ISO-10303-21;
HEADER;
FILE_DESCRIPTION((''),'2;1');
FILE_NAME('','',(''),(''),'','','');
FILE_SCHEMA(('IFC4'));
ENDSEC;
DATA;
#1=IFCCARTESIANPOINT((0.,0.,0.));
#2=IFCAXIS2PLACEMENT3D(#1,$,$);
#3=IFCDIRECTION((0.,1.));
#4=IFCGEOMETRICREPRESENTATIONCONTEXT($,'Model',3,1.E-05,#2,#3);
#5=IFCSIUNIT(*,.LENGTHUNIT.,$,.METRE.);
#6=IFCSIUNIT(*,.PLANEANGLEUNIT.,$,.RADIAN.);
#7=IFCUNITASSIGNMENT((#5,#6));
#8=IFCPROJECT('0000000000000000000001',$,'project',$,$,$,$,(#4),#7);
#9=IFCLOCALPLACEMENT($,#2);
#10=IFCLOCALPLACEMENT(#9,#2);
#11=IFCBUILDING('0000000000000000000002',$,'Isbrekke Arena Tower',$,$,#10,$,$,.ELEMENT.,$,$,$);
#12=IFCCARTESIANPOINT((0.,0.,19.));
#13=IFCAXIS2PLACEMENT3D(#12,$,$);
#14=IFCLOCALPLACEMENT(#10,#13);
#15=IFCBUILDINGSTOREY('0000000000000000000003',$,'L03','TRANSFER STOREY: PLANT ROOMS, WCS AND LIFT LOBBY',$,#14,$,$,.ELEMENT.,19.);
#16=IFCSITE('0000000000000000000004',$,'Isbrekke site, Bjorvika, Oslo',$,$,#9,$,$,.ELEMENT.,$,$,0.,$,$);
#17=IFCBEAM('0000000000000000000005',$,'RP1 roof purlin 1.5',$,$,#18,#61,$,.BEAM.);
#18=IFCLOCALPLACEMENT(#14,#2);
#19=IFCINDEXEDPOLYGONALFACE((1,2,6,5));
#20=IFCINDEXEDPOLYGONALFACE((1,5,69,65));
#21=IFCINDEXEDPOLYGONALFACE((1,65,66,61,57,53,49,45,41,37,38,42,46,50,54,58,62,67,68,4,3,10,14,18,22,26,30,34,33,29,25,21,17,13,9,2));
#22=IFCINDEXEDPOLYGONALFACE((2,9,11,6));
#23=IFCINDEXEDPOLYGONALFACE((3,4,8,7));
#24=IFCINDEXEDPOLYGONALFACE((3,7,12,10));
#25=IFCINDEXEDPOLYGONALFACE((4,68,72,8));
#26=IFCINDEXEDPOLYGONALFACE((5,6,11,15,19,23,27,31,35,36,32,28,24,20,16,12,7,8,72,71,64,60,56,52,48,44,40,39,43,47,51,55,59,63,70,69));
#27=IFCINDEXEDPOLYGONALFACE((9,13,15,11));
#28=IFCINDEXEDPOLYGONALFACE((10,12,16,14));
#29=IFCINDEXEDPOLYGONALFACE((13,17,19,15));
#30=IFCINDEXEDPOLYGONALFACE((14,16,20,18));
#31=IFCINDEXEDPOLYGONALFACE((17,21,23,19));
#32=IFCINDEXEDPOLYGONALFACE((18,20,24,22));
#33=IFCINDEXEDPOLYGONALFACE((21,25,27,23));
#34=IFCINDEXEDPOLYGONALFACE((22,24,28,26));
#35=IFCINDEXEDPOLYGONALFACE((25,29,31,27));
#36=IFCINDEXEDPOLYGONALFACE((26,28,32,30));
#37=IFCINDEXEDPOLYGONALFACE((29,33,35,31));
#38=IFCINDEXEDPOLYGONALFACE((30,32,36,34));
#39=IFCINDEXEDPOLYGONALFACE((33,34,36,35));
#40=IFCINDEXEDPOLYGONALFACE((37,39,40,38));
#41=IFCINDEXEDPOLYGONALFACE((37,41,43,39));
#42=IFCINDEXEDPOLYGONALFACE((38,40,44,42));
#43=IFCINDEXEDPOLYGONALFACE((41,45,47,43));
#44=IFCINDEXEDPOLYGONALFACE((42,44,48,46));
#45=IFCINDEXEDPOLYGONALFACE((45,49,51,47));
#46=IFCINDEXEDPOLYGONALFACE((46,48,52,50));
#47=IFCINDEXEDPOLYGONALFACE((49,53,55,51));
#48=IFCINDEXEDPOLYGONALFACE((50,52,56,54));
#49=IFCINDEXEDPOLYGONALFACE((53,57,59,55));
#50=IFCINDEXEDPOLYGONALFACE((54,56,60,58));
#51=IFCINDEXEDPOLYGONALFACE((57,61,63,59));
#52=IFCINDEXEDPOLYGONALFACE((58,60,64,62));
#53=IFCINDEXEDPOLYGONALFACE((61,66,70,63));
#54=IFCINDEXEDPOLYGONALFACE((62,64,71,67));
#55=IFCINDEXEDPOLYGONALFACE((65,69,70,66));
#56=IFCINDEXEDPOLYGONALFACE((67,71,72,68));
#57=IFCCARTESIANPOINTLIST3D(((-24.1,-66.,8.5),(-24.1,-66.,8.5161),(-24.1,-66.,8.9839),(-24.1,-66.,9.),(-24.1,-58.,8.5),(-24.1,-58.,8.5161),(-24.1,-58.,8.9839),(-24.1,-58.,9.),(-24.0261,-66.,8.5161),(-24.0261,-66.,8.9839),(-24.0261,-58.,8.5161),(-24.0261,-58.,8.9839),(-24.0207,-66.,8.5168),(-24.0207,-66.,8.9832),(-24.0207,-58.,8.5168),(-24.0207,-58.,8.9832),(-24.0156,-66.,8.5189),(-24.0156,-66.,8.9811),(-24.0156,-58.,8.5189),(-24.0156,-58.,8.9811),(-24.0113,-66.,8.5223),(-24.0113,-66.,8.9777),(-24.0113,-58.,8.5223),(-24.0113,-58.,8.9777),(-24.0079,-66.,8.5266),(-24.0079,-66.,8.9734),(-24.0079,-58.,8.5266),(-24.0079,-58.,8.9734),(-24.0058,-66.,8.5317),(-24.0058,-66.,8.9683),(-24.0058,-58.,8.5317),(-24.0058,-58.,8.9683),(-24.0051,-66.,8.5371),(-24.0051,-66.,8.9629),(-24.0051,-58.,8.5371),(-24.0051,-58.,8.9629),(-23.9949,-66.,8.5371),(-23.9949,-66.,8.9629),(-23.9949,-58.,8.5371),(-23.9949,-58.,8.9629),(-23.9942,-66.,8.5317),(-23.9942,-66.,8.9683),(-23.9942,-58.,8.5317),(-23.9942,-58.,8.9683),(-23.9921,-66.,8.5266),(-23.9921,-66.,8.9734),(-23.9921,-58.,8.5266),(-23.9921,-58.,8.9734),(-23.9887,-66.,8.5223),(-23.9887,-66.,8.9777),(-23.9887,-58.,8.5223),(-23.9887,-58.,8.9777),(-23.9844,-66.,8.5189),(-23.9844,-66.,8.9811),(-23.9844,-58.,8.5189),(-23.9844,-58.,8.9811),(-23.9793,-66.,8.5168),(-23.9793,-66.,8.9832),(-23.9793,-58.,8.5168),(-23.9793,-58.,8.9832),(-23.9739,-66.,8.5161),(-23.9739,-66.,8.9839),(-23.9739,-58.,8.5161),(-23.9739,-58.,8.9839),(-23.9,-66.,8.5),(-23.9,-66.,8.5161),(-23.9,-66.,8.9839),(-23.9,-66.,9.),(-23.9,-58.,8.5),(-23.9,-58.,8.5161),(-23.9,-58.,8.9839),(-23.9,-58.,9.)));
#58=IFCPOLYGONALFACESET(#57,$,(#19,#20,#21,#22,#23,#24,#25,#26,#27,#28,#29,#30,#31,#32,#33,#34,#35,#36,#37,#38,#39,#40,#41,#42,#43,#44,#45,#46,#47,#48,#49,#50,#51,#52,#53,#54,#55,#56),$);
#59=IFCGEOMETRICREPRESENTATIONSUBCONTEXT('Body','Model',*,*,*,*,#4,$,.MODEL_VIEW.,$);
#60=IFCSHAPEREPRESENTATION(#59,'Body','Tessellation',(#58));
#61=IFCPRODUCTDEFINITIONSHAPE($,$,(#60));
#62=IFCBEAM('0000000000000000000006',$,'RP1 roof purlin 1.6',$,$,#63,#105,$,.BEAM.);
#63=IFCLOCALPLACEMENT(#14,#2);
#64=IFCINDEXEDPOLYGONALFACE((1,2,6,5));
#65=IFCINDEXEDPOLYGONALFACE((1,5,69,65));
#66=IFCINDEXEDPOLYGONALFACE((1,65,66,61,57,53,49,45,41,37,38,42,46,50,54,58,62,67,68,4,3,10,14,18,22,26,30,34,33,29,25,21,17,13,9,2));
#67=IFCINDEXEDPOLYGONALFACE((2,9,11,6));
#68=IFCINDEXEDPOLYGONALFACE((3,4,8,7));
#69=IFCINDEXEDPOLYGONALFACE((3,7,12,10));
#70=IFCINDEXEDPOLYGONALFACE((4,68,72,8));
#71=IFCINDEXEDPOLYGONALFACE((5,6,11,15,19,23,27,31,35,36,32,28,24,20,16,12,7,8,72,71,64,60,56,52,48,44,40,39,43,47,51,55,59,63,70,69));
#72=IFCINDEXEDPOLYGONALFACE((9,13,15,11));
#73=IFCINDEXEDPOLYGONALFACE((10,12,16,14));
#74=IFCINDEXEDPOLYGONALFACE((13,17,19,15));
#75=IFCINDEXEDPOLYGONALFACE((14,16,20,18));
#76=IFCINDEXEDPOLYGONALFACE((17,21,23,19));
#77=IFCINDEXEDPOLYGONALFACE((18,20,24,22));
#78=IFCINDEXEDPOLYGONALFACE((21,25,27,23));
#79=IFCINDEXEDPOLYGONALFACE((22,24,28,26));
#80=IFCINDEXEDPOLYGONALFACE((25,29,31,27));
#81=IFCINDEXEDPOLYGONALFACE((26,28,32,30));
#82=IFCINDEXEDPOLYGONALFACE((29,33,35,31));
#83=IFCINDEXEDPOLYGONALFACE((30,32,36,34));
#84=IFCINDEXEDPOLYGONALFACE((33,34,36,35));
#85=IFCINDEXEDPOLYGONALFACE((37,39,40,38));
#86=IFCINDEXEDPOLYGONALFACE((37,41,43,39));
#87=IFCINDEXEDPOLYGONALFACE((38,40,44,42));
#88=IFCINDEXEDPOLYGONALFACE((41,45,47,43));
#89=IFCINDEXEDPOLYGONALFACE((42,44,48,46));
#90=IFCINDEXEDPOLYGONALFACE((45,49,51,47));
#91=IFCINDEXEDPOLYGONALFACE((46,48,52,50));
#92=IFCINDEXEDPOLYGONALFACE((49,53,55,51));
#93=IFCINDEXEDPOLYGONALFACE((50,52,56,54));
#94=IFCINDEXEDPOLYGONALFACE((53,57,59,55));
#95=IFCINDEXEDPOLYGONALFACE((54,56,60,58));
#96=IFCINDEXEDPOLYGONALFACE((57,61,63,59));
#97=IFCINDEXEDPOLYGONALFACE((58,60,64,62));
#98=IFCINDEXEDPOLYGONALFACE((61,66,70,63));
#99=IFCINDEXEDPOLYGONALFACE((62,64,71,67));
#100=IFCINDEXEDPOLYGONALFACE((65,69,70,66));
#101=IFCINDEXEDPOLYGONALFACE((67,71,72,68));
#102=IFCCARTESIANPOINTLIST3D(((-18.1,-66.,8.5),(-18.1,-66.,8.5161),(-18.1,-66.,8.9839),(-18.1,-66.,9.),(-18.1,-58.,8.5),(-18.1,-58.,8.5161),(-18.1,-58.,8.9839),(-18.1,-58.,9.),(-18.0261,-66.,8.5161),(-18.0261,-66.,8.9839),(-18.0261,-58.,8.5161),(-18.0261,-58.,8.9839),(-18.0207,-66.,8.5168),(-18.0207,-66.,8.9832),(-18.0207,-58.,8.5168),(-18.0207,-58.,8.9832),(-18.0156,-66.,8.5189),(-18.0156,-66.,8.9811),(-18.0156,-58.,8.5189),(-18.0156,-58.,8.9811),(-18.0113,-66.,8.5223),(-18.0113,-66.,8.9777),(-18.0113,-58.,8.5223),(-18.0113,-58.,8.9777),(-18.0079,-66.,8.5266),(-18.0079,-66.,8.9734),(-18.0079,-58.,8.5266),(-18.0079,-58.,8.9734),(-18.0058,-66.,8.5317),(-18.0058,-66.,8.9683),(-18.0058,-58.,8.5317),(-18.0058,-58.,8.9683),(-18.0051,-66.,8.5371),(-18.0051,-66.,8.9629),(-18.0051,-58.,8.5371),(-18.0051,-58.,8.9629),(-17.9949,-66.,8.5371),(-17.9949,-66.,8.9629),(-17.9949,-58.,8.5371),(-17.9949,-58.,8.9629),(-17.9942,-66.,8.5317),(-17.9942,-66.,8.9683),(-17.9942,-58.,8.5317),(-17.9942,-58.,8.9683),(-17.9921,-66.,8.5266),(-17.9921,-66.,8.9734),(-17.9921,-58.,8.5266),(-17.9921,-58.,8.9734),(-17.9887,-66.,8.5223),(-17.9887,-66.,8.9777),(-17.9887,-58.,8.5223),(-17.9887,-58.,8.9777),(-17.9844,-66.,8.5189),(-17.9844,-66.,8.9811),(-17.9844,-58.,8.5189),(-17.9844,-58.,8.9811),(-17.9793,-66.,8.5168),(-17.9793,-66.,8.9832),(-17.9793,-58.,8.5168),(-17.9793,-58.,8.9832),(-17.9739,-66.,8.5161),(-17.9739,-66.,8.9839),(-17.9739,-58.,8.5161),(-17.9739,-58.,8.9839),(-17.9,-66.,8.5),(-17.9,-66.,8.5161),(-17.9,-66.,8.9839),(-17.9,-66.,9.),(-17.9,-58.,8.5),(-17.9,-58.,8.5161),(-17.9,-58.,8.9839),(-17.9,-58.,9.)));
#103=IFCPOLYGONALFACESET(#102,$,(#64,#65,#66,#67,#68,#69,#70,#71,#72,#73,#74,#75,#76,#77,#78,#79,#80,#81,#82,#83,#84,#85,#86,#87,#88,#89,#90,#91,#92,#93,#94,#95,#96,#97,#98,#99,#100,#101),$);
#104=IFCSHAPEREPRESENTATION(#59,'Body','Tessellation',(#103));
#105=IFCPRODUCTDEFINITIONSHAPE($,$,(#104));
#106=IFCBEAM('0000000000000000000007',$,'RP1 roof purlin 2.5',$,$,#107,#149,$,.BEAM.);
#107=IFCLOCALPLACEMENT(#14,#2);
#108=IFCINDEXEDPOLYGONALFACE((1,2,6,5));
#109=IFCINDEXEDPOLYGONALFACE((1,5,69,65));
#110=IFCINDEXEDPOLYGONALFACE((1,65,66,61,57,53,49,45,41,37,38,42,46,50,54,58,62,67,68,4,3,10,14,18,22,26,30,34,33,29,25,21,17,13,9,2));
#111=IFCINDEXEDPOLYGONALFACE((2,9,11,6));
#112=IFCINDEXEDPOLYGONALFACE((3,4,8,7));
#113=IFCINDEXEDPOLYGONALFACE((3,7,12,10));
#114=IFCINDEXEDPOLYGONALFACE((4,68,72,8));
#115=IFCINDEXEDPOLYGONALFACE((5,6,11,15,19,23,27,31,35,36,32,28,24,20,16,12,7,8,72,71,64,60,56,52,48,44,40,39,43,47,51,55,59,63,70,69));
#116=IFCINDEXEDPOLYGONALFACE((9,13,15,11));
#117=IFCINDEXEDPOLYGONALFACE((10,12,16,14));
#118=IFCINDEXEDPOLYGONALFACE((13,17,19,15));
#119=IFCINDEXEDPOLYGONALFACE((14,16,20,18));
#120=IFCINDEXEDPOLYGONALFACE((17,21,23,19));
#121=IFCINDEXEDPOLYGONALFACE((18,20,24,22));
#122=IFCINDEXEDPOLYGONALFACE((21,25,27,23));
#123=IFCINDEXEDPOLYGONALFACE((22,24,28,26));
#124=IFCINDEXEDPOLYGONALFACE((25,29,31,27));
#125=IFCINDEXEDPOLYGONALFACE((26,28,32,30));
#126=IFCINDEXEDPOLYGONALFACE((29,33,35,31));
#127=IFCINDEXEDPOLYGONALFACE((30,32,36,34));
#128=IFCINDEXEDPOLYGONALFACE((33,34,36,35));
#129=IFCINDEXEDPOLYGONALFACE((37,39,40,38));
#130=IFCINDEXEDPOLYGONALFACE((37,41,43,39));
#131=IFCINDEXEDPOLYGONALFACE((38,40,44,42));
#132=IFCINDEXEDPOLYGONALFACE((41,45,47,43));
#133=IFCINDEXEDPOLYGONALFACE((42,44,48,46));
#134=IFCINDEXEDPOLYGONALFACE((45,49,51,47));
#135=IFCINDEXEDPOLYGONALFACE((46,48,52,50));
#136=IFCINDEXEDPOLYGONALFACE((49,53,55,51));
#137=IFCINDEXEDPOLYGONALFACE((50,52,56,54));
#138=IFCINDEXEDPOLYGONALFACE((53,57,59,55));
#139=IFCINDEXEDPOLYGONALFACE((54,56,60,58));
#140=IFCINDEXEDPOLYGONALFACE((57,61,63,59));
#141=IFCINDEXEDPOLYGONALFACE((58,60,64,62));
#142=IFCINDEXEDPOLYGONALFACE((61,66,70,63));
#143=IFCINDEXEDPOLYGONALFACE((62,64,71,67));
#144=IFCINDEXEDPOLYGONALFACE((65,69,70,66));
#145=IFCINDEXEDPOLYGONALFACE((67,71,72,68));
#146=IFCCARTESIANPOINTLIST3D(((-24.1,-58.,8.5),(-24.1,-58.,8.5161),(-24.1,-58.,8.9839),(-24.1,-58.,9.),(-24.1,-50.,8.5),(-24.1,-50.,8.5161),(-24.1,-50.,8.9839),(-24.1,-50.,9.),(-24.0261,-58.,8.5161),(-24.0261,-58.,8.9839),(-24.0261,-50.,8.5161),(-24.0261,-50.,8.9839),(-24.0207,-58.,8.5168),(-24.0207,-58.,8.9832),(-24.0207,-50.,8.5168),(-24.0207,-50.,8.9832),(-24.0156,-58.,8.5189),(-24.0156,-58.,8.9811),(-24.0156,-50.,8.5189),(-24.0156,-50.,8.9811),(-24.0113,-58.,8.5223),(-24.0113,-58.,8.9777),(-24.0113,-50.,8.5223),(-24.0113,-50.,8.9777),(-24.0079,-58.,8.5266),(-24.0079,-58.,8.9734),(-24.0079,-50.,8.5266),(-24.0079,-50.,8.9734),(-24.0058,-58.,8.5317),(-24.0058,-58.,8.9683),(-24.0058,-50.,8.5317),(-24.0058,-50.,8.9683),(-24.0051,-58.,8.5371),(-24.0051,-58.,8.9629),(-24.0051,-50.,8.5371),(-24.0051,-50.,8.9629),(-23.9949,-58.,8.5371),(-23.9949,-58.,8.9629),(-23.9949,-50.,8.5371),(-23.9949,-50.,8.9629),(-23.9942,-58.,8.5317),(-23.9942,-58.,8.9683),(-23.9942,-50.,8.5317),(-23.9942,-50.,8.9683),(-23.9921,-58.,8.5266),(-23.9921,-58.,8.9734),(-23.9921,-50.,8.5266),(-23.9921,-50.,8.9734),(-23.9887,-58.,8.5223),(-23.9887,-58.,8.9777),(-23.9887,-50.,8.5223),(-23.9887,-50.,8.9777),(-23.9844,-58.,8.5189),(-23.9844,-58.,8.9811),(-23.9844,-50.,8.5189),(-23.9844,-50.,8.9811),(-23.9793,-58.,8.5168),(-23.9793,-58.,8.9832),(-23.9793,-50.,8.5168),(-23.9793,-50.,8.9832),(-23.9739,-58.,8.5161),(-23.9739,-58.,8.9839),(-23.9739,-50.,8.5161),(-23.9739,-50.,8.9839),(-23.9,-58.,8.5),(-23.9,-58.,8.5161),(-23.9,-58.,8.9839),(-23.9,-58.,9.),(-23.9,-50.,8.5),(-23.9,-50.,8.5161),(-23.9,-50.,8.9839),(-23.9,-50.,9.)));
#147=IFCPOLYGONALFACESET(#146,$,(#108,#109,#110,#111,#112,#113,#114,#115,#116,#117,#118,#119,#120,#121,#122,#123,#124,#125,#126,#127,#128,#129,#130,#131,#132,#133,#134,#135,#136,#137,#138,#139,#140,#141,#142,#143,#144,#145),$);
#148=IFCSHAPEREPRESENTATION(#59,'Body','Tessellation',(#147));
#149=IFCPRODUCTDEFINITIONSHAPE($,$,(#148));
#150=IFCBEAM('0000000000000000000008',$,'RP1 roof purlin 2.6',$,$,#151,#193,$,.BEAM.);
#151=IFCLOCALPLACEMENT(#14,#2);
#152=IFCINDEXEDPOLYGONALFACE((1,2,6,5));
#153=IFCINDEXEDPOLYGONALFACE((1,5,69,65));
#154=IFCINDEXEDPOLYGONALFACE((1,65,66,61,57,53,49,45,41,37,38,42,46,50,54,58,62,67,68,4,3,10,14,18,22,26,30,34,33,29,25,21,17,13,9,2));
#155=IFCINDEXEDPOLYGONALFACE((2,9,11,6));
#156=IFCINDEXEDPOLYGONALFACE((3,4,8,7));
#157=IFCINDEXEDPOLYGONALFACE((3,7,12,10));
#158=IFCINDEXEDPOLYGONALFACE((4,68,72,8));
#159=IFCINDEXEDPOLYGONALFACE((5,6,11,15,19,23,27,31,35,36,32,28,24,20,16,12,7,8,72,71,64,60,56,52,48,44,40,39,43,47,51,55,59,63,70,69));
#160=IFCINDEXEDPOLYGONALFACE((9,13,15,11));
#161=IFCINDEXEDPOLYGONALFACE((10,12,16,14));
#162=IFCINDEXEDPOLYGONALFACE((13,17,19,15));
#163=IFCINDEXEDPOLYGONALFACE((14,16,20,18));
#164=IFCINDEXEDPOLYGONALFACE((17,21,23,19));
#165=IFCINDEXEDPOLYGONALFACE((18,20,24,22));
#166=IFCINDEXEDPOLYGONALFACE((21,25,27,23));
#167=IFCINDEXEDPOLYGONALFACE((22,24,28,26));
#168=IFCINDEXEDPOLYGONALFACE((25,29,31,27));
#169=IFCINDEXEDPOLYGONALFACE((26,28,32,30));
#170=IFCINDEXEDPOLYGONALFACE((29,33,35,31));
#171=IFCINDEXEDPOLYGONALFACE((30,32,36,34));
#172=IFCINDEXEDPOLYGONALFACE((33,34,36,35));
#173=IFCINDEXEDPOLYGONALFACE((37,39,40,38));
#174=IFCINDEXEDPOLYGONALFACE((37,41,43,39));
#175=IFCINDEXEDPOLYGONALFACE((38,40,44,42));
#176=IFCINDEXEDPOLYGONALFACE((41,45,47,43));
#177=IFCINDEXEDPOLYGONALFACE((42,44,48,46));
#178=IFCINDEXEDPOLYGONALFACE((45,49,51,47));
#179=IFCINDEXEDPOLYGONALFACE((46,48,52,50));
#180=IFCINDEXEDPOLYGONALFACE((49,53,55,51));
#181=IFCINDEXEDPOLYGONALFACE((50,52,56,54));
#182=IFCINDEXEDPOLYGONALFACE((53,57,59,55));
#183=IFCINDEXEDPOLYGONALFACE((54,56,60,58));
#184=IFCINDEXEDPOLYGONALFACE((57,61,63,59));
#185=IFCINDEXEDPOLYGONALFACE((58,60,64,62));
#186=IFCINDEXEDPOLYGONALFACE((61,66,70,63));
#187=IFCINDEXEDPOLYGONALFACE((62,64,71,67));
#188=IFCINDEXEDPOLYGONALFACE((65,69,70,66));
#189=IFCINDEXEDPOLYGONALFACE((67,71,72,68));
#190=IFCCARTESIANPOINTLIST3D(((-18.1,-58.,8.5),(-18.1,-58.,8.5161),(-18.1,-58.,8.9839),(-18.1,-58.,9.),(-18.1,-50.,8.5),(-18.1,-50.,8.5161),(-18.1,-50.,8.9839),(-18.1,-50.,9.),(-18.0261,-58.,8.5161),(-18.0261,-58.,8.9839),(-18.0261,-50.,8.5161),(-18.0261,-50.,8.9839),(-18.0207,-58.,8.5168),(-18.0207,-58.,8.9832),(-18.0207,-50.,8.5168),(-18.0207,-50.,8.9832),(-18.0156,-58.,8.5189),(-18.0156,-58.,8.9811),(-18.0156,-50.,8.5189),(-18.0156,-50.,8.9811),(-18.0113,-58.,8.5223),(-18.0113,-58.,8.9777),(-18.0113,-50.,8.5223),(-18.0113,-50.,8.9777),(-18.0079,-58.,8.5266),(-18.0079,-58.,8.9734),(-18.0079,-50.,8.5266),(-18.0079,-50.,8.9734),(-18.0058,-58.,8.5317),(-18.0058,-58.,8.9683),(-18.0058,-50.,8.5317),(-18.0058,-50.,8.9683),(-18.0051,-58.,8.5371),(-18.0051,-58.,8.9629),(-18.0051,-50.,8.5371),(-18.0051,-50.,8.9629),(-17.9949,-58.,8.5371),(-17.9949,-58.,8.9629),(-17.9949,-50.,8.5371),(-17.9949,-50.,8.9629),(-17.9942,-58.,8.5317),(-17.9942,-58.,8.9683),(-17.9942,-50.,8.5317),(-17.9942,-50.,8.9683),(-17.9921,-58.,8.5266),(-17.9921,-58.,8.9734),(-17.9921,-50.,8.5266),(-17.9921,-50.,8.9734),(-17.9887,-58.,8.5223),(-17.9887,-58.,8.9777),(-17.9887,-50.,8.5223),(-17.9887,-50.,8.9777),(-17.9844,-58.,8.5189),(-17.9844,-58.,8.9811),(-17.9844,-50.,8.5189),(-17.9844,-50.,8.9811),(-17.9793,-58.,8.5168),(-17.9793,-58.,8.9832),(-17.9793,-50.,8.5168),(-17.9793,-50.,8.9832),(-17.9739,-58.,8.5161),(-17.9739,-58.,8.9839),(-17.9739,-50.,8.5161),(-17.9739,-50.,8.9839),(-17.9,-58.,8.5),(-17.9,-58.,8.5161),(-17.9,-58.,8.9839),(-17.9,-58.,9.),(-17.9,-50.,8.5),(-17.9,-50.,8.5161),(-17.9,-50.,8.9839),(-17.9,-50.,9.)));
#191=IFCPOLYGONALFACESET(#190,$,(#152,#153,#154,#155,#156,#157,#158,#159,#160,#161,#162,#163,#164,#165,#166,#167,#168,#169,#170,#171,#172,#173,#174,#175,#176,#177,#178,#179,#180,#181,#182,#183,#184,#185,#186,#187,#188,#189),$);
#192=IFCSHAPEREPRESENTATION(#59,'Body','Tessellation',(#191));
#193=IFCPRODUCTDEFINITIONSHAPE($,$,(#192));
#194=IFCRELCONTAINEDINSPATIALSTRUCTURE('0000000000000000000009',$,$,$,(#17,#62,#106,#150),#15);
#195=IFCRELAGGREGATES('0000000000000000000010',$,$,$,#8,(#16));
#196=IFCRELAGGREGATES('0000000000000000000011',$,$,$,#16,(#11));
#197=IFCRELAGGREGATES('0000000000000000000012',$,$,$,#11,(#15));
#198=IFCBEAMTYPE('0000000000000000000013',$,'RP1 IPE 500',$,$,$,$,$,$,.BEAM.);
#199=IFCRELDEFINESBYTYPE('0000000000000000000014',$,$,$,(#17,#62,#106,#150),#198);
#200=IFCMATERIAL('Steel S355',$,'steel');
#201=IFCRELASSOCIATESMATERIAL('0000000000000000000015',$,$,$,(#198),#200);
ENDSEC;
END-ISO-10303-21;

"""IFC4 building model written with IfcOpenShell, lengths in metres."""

from ifc_helpers import new_model, si_unit, direction, frame, origin, origin_2d, place, context, subcontext, project, spatial, i_section, extrude, material, material_profile, profile_set, type_object, element, save


model = new_model("IFC4")

# Units and contexts
model_context = context("Model", 3, precision=1e-05, world=origin(), true_north=direction((0.0, 1.0)))
body_context = subcontext(model_context, "Body", "Model", "MODEL_VIEW")
ifc_project = project(units=[si_unit("LENGTHUNIT", "METRE"), si_unit("PLANEANGLEUNIT", "RADIAN")], contexts=[model_context])

# Site, building, storey
site_placement = place(None, origin())
site = spatial("IfcSite", under=ifc_project, at=site_placement, Name="Isbrekke site, Bjorvika, Oslo", CompositionType="ELEMENT", RefElevation=0.0)
building_placement = place(site_placement, origin())
building = spatial("IfcBuilding", under=site, at=building_placement, Name="Isbrekke Arena Tower", CompositionType="ELEMENT")
storey_placement = place(building_placement, frame((0.0, 0.0, 19.0)))
storey = spatial("IfcBuildingStorey", under=building, at=storey_placement, Name="L03", Description="TRANSFER STOREY: PLANT ROOMS, WCS AND LIFT LOBBY", CompositionType="ELEMENT", Elevation=19.0)

# Beams
ifc_material_1 = material(Name="Steel S355", Category="steel")
ifc_material_profile_1 = material_profile(ifc_material_1, i_section(OverallWidth=0.2, OverallDepth=0.5, WebThickness=0.0103, FlangeThickness=0.0161, FilletRadius=0.021, at=origin_2d()), Name="IPE 500")
ifc_profile_set_1 = profile_set([ifc_material_profile_1], Name="Steel S355")
beam_type = type_object("IfcBeamType", Name="RP1 IPE 500", PredefinedType="BEAM", material=ifc_profile_set_1)
for number, where, z_axis, x_axis, name in (
    (1, (-24.0, -66.0, 8.75), (0.0, 1.0, 0.0), (-1.0, 0.0, 0.0), "RP1 roof purlin 1.5"),
    (2, (-18.0, -66.0, 8.75), (0.0, 1.0, 0.0), (-1.0, 0.0, 0.0), "RP1 roof purlin 1.6"),
    (3, (-24.0, -58.0, 8.75), (0.0, 1.0, 0.0), (-1.0, 0.0, 0.0), "RP1 roof purlin 2.5"),
    (4, (-18.0, -58.0, 8.75), (0.0, 1.0, 0.0), (-1.0, 0.0, 0.0), "RP1 roof purlin 2.6"),
):
    element("IfcBeam", number, at=place(storey_placement, frame(where, z_axis=z_axis, x_axis=x_axis)), inside=storey, type_object=beam_type, Name=name, PredefinedType="BEAM", context=body_context, shape_type="SweptSolid", body=[
        extrude(i_section(OverallWidth=0.2, OverallDepth=0.5, WebThickness=0.0103, FlangeThickness=0.0161, FilletRadius=0.021, at=origin_2d()), origin(), (0.0, 0.0, 1.0), 8.0),
    ])

save(model, "model.ifc")
